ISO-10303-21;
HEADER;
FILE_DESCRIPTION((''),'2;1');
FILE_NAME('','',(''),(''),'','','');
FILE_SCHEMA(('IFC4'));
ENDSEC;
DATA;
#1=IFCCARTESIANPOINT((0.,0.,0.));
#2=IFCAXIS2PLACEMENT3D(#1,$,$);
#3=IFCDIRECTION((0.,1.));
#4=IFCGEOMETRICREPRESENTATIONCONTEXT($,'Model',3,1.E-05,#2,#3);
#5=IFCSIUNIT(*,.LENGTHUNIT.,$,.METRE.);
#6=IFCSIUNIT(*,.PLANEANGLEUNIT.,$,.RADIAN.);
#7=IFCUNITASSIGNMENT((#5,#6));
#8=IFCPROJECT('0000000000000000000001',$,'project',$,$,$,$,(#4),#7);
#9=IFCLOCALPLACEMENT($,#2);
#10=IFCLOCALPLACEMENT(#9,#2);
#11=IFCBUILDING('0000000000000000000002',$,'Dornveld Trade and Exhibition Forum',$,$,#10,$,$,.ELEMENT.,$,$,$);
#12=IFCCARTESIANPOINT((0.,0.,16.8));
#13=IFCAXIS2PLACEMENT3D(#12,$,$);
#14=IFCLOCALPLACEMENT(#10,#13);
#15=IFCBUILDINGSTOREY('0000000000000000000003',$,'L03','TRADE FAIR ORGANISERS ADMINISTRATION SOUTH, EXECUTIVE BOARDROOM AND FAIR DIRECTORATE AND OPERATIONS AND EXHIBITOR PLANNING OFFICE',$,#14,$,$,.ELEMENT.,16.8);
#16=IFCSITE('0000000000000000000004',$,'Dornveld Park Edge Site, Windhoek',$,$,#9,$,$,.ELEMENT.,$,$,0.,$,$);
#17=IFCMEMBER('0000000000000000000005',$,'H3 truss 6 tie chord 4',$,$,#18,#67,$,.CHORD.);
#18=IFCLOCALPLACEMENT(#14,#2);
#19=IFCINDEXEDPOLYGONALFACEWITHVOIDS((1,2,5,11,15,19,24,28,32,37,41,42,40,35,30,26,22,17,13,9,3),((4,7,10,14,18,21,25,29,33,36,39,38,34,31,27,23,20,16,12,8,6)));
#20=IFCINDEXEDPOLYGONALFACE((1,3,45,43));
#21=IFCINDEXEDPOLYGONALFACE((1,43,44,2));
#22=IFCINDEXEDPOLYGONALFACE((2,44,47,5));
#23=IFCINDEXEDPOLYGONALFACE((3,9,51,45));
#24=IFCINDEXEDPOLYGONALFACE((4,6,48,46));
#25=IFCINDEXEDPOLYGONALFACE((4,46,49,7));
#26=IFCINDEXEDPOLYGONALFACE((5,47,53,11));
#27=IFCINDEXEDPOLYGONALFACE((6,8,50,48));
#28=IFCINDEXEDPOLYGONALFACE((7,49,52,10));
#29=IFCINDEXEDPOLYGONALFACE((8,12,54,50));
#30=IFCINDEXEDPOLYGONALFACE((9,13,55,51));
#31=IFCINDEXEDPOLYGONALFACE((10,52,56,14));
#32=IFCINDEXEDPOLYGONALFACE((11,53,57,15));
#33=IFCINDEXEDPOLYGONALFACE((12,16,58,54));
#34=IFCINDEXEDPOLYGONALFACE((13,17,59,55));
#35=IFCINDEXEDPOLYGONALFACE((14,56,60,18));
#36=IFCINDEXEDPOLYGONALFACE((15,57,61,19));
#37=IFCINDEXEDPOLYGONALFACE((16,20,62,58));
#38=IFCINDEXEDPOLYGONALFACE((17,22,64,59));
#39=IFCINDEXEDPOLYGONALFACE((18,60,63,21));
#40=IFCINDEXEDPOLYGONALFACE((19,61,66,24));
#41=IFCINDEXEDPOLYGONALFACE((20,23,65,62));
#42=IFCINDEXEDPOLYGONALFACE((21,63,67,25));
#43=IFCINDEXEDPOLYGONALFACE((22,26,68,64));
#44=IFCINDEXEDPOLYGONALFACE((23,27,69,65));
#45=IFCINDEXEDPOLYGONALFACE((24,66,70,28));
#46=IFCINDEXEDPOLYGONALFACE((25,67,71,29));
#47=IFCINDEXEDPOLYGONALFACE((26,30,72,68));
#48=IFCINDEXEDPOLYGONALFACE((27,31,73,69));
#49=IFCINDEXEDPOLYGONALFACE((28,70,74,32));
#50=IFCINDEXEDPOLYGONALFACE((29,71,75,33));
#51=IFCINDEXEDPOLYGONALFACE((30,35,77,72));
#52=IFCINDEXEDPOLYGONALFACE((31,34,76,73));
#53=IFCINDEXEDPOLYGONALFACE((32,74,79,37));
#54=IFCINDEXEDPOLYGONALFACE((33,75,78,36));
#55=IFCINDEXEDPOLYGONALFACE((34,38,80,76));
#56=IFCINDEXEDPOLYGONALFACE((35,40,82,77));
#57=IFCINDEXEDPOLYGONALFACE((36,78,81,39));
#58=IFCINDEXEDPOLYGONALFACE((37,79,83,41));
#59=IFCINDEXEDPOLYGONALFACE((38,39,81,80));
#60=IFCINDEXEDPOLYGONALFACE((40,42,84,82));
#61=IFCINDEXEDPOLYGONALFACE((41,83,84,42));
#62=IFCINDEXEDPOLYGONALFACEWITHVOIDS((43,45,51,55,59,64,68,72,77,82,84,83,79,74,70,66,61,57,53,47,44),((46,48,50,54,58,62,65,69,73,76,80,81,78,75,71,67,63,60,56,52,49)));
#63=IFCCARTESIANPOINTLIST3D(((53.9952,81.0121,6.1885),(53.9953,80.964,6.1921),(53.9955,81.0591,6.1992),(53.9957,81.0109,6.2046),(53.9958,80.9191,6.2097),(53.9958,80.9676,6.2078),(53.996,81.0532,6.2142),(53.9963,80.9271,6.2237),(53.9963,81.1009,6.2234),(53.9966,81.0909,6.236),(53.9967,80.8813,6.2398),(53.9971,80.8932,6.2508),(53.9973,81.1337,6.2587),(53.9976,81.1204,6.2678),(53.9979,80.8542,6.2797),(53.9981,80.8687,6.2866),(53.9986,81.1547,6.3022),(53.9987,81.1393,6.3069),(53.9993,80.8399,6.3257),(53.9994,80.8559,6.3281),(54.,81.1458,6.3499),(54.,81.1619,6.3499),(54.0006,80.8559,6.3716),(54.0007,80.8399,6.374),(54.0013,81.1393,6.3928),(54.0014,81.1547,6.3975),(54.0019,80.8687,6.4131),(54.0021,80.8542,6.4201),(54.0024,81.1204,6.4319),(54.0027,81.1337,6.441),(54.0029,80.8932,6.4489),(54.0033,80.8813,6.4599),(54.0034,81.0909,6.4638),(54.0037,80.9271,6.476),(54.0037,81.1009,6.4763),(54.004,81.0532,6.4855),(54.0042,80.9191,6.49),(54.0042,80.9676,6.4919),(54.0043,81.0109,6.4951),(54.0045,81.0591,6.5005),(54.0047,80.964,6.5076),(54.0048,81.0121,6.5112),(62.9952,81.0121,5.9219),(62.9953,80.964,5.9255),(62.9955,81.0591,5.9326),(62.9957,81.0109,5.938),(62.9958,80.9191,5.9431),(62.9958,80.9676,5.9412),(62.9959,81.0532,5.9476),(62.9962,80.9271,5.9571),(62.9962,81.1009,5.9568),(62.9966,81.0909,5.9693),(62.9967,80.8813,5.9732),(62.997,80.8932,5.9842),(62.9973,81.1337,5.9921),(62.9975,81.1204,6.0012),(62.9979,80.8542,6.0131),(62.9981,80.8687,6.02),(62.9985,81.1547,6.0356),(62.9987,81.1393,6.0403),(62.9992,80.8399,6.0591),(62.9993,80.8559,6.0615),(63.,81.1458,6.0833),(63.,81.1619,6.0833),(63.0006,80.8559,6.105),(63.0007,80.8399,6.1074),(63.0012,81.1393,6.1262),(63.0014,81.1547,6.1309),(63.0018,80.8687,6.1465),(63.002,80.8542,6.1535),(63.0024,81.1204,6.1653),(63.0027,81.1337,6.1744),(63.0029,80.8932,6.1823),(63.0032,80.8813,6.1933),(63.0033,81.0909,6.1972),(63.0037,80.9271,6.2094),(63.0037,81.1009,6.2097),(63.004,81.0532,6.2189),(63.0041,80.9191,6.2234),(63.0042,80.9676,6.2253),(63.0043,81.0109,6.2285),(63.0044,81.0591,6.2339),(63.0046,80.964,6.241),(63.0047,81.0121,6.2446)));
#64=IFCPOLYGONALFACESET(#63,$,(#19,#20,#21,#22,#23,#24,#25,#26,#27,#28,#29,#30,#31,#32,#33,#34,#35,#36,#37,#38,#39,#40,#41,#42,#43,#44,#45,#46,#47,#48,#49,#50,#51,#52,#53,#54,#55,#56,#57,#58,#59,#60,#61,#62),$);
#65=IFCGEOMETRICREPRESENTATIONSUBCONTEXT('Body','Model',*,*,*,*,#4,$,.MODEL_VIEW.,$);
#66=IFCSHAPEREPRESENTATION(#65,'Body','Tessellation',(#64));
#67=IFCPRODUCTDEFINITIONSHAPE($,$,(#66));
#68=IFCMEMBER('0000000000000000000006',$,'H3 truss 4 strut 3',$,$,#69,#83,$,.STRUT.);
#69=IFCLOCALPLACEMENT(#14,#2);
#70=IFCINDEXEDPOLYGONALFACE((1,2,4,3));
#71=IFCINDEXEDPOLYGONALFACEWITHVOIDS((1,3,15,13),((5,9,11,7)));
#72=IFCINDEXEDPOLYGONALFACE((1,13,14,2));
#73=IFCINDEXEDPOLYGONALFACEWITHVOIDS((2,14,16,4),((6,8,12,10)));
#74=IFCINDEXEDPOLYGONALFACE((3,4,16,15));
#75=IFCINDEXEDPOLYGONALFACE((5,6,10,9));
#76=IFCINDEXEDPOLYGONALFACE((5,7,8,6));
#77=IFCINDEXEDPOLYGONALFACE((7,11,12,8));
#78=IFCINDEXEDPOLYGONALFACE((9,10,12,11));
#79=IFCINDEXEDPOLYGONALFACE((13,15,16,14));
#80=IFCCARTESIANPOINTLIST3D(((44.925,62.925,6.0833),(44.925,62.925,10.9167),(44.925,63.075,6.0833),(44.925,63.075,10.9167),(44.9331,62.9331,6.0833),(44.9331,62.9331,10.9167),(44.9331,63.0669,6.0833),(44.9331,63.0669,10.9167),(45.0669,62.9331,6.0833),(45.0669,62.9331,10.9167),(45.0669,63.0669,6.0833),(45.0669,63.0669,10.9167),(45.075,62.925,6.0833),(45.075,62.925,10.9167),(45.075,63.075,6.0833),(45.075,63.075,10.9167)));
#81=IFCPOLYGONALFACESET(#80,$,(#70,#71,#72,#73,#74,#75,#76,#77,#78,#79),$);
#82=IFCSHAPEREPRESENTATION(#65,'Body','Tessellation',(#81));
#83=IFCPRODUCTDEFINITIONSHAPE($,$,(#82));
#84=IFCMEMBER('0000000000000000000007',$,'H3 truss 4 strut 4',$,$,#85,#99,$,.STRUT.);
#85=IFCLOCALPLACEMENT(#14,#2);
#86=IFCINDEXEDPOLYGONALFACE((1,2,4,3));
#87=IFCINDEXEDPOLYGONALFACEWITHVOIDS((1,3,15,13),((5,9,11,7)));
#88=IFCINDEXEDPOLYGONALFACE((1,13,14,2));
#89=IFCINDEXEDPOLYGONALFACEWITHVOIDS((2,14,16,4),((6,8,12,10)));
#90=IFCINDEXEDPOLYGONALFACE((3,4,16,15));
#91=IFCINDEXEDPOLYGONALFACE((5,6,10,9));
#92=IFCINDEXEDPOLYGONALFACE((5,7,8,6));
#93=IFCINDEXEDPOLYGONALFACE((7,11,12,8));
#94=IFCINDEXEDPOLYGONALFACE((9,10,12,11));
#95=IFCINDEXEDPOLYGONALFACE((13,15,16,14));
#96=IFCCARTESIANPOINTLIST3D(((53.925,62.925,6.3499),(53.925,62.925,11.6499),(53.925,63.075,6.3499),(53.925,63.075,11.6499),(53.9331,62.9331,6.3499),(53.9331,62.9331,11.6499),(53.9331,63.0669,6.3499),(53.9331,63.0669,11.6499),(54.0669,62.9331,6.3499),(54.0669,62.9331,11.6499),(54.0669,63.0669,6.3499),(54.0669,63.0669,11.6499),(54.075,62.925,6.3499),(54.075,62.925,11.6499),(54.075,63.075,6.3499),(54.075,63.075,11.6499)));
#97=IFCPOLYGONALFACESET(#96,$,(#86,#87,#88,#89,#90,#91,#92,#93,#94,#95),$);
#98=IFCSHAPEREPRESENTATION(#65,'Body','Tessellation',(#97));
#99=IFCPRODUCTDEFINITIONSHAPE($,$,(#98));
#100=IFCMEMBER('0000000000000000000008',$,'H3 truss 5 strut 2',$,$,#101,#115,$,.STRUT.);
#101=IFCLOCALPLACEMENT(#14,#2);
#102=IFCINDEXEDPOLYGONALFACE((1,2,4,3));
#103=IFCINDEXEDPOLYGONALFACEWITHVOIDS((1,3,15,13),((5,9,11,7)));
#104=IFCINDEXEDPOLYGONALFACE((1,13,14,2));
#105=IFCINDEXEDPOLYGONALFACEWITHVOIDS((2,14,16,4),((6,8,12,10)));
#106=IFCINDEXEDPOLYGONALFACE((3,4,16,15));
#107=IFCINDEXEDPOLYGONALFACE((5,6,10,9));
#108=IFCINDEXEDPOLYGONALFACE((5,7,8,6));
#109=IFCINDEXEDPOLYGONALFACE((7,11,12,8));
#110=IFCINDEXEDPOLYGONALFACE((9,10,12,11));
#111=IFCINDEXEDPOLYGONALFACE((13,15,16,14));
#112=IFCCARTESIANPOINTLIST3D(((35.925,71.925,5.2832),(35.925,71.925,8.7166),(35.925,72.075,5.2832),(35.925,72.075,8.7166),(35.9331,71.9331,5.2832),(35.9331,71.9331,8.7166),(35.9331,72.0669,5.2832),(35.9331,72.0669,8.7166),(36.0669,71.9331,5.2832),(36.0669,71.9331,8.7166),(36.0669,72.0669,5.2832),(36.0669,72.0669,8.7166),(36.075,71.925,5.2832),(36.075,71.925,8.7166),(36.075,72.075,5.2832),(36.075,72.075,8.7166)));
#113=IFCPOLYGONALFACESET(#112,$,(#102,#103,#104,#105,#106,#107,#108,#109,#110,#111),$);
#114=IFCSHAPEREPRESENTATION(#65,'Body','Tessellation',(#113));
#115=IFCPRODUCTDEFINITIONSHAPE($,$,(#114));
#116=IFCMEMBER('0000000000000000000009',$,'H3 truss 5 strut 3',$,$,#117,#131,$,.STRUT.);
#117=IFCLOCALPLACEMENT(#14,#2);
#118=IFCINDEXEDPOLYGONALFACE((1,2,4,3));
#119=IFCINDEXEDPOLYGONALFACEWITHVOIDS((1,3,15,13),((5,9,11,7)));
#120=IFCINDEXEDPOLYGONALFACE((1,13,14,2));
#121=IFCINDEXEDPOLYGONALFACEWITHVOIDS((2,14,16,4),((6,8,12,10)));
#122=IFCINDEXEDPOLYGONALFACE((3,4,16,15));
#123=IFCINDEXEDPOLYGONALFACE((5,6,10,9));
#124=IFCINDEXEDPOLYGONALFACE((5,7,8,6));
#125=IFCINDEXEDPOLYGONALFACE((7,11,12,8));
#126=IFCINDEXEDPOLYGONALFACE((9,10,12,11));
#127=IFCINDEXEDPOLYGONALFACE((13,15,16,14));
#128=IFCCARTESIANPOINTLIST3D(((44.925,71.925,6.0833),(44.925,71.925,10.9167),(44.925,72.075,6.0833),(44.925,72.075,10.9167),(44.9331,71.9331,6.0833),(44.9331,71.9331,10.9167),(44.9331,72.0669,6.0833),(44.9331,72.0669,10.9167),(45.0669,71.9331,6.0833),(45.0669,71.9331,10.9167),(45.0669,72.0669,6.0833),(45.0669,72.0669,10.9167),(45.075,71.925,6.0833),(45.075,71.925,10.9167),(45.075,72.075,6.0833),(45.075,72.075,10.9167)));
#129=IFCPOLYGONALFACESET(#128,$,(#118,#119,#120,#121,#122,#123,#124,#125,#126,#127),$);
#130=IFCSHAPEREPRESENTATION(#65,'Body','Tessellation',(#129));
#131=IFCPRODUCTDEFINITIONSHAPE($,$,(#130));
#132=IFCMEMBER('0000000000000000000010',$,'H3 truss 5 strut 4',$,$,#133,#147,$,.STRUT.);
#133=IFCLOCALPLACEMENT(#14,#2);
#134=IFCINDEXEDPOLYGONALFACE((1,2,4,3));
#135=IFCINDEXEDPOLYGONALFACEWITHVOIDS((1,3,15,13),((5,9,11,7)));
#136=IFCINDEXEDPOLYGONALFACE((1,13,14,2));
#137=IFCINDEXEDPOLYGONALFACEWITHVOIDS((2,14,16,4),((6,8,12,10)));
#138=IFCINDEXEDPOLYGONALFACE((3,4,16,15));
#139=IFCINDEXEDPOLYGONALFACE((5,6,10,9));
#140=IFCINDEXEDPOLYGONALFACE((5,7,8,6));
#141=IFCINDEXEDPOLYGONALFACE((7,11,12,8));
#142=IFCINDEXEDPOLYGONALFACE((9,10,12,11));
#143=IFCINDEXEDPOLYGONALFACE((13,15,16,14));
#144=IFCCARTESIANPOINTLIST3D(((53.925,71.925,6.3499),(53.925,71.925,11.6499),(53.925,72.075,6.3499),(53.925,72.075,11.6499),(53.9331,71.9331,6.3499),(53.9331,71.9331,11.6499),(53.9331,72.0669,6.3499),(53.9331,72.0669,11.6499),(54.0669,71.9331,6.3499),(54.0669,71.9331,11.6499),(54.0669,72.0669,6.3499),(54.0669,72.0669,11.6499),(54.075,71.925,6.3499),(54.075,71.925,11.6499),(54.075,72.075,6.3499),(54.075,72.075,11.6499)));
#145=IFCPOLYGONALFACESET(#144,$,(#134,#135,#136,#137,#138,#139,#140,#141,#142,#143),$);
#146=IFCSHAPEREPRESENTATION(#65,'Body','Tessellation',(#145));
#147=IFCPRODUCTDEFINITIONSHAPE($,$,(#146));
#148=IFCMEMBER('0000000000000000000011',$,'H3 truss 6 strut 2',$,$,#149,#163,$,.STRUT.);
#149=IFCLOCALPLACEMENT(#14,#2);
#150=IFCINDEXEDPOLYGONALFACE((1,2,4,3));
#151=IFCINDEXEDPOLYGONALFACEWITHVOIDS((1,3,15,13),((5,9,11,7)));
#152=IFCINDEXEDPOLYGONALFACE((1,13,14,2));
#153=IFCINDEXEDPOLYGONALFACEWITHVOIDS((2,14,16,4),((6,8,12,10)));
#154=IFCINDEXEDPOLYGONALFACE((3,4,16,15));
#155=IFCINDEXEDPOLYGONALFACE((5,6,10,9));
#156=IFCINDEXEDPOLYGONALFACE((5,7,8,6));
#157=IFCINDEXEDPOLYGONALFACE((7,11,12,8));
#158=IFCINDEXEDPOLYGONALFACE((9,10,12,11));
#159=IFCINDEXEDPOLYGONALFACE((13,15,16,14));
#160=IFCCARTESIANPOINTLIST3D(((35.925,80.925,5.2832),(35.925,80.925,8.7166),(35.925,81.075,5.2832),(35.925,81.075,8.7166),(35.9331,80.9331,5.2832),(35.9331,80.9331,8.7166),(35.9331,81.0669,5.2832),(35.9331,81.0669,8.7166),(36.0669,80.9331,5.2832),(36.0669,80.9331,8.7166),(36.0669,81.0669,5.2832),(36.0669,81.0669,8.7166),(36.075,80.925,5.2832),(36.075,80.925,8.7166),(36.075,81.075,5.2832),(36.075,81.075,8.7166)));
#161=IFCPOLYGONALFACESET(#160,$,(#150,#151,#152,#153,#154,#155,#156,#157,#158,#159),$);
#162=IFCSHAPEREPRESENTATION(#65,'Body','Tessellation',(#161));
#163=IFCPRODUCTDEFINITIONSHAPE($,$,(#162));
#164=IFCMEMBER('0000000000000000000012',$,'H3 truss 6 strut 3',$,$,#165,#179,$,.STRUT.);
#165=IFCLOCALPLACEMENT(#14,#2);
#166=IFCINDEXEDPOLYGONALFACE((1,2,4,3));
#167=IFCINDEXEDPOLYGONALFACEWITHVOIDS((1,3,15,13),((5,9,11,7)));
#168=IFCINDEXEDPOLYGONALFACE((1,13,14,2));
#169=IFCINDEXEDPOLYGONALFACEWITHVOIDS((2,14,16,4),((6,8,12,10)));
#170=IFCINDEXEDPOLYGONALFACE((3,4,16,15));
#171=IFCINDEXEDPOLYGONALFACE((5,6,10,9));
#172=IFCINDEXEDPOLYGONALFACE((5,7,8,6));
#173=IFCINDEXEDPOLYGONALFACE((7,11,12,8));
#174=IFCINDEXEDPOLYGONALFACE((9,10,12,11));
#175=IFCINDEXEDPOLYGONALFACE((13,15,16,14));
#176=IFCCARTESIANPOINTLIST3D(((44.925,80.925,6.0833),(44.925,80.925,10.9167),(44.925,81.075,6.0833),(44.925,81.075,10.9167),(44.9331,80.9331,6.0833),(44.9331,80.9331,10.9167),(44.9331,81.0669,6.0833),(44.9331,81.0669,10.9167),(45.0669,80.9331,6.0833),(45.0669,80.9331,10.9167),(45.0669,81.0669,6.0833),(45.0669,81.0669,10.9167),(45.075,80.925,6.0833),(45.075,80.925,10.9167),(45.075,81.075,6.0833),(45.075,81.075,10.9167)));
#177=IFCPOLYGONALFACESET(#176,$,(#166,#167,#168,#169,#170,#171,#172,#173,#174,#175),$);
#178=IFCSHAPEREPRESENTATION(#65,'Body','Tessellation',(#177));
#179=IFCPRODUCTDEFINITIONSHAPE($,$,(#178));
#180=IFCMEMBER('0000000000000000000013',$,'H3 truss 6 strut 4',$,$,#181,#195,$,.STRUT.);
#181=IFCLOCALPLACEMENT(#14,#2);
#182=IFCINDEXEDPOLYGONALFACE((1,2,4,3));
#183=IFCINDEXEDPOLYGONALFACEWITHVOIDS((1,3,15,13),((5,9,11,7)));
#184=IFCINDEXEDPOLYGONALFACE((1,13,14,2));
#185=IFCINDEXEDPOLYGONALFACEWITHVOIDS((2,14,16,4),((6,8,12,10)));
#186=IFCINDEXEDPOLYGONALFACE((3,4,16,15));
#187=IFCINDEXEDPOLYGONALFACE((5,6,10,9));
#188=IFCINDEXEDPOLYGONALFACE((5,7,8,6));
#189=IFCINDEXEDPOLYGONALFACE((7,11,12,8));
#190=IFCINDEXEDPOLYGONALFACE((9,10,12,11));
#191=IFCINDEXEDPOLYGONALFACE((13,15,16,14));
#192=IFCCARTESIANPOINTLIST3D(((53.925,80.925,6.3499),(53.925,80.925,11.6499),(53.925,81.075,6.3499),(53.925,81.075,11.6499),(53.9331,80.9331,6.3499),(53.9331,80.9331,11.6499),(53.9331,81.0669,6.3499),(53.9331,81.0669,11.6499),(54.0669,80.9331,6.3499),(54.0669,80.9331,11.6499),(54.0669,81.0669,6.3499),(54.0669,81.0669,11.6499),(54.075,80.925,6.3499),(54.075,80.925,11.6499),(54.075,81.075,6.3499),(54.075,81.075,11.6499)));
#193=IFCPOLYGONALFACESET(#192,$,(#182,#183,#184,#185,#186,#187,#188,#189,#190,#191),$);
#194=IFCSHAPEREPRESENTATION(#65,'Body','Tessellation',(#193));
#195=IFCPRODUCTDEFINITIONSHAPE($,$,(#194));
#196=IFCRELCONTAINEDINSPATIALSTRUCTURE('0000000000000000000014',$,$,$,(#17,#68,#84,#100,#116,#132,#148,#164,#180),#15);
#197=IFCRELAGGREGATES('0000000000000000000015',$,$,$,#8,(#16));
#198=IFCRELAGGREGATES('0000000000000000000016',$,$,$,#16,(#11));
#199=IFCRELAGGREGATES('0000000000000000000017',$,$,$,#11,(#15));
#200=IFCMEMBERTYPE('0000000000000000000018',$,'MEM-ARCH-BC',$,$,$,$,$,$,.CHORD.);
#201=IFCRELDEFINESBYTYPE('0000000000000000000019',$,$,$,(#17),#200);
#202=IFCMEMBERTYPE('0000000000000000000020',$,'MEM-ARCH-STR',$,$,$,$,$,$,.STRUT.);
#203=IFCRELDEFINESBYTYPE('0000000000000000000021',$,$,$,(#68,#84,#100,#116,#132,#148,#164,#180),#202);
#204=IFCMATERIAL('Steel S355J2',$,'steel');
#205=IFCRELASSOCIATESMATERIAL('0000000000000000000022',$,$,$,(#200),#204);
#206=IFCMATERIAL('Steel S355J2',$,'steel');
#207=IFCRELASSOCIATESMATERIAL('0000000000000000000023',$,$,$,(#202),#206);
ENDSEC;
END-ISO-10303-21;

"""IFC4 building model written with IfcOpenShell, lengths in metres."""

from ifc_helpers import new_model, si_unit, direction, frame, origin, origin_2d, place, context, subcontext, project, spatial, hollow_rectangle, hollow_circle, extrude, material, material_profile, profile_set, type_object, element, save


model = new_model("IFC4")

# Units and contexts
model_context = context("Model", 3, precision=1e-05, world=origin(), true_north=direction((0.0, 1.0)))
body_context = subcontext(model_context, "Body", "Model", "MODEL_VIEW")
ifc_project = project(units=[si_unit("LENGTHUNIT", "METRE"), si_unit("PLANEANGLEUNIT", "RADIAN")], contexts=[model_context])

# Site, building, storey
site_placement = place(None, origin())
site = spatial("IfcSite", under=ifc_project, at=site_placement, Name="Dornveld Park Edge Site, Windhoek", CompositionType="ELEMENT", RefElevation=0.0)
building_placement = place(site_placement, origin())
building = spatial("IfcBuilding", under=site, at=building_placement, Name="Dornveld Trade and Exhibition Forum", CompositionType="ELEMENT")
storey_placement = place(building_placement, frame((0.0, 0.0, 16.8)))
storey = spatial("IfcBuildingStorey", under=building, at=storey_placement, Name="L03", Description="TRADE FAIR ORGANISERS ADMINISTRATION SOUTH, EXECUTIVE BOARDROOM AND FAIR DIRECTORATE AND OPERATIONS AND EXHIBITOR PLANNING OFFICE", CompositionType="ELEMENT", Elevation=16.8)

# Members
ifc_material_1 = material(Name="Steel S355J2", Category="steel")
ifc_material_profile_1 = material_profile(ifc_material_1, hollow_circle(Radius=0.1619, WallThickness=0.0161, at=origin_2d()), Name="CHS 323.9x16")
ifc_profile_set_1 = profile_set([ifc_material_profile_1], Name="Steel S355J2")
member_type_1 = type_object("IfcMemberType", Name="MEM-ARCH-BC", PredefinedType="CHORD", material=ifc_profile_set_1)
for number, where, z_axis, x_axis, name in (
    (1, (54.0, 81.0, 6.3499), (0.999562, 0.0, -0.029609), (0.0, 1.0, 0.0), "H3 truss 6 tie chord 4"),
):
    element("IfcMember", number, at=place(storey_placement, frame(where, z_axis=z_axis, x_axis=x_axis)), inside=storey, type_object=member_type_1, Name=name, PredefinedType="CHORD", context=body_context, shape_type="SweptSolid", body=[
        extrude(hollow_circle(Radius=0.1619, WallThickness=0.0161, at=origin_2d()), origin(), (0.0, 0.0, 1.0), 9.0039),
    ])
ifc_material_2 = material(Name="Steel S355J2", Category="steel")
ifc_material_profile_2 = material_profile(ifc_material_2, hollow_rectangle(XDim=0.1499, YDim=0.1499, WallThickness=0.0081, at=origin_2d()), Name="SHS 150x150x8")
ifc_profile_set_2 = profile_set([ifc_material_profile_2], Name="Steel S355J2")
member_type_2 = type_object("IfcMemberType", Name="MEM-ARCH-STR", PredefinedType="STRUT", material=ifc_profile_set_2)
member_1_placement = place(storey_placement, frame((45.0, 63.0, 6.0833), z_axis=(0.0, 0.0, 1.0), x_axis=(1.0, 0.0, 0.0)))
element("IfcMember", 2, at=member_1_placement, inside=storey, type_object=member_type_2, Name="H3 truss 4 strut 3", PredefinedType="STRUT", context=body_context, shape_type="SweptSolid", body=[
    extrude(hollow_rectangle(XDim=0.1499, YDim=0.1499, WallThickness=0.0081, at=origin_2d()), origin(), (0.0, 0.0, 1.0), 4.8335),
])
member_2_placement = place(storey_placement, frame((54.0, 63.0, 6.3499), z_axis=(0.0, 0.0, 1.0), x_axis=(1.0, 0.0, 0.0)))
element("IfcMember", 3, at=member_2_placement, inside=storey, type_object=member_type_2, Name="H3 truss 4 strut 4", PredefinedType="STRUT", context=body_context, shape_type="SweptSolid", body=[
    extrude(hollow_rectangle(XDim=0.1499, YDim=0.1499, WallThickness=0.0081, at=origin_2d()), origin(), (0.0, 0.0, 1.0), 5.3),
])
member_3_placement = place(storey_placement, frame((36.0, 72.0, 5.2832), z_axis=(0.0, 0.0, 1.0), x_axis=(1.0, 0.0, 0.0)))
element("IfcMember", 4, at=member_3_placement, inside=storey, type_object=member_type_2, Name="H3 truss 5 strut 2", PredefinedType="STRUT", context=body_context, shape_type="SweptSolid", body=[
    extrude(hollow_rectangle(XDim=0.1499, YDim=0.1499, WallThickness=0.0081, at=origin_2d()), origin(), (0.0, 0.0, 1.0), 3.4333),
])
member_4_placement = place(storey_placement, frame((45.0, 72.0, 6.0833), z_axis=(0.0, 0.0, 1.0), x_axis=(1.0, 0.0, 0.0)))
element("IfcMember", 5, at=member_4_placement, inside=storey, type_object=member_type_2, Name="H3 truss 5 strut 3", PredefinedType="STRUT", context=body_context, shape_type="SweptSolid", body=[
    extrude(hollow_rectangle(XDim=0.1499, YDim=0.1499, WallThickness=0.0081, at=origin_2d()), origin(), (0.0, 0.0, 1.0), 4.8335),
])
member_5_placement = place(storey_placement, frame((54.0, 72.0, 6.3499), z_axis=(0.0, 0.0, 1.0), x_axis=(1.0, 0.0, 0.0)))
element("IfcMember", 6, at=member_5_placement, inside=storey, type_object=member_type_2, Name="H3 truss 5 strut 4", PredefinedType="STRUT", context=body_context, shape_type="SweptSolid", body=[
    extrude(hollow_rectangle(XDim=0.1499, YDim=0.1499, WallThickness=0.0081, at=origin_2d()), origin(), (0.0, 0.0, 1.0), 5.3),
])
member_6_placement = place(storey_placement, frame((36.0, 81.0, 5.2832), z_axis=(0.0, 0.0, 1.0), x_axis=(1.0, 0.0, 0.0)))
element("IfcMember", 7, at=member_6_placement, inside=storey, type_object=member_type_2, Name="H3 truss 6 strut 2", PredefinedType="STRUT", context=body_context, shape_type="SweptSolid", body=[
    extrude(hollow_rectangle(XDim=0.1499, YDim=0.1499, WallThickness=0.0081, at=origin_2d()), origin(), (0.0, 0.0, 1.0), 3.4333),
])
member_7_placement = place(storey_placement, frame((45.0, 81.0, 6.0833), z_axis=(0.0, 0.0, 1.0), x_axis=(1.0, 0.0, 0.0)))
element("IfcMember", 8, at=member_7_placement, inside=storey, type_object=member_type_2, Name="H3 truss 6 strut 3", PredefinedType="STRUT", context=body_context, shape_type="SweptSolid", body=[
    extrude(hollow_rectangle(XDim=0.1499, YDim=0.1499, WallThickness=0.0081, at=origin_2d()), origin(), (0.0, 0.0, 1.0), 4.8335),
])
member_8_placement = place(storey_placement, frame((54.0, 81.0, 6.3499), z_axis=(0.0, 0.0, 1.0), x_axis=(1.0, 0.0, 0.0)))
element("IfcMember", 9, at=member_8_placement, inside=storey, type_object=member_type_2, Name="H3 truss 6 strut 4", PredefinedType="STRUT", context=body_context, shape_type="SweptSolid", body=[
    extrude(hollow_rectangle(XDim=0.1499, YDim=0.1499, WallThickness=0.0081, at=origin_2d()), origin(), (0.0, 0.0, 1.0), 5.3),
])

save(model, "model.ifc")
